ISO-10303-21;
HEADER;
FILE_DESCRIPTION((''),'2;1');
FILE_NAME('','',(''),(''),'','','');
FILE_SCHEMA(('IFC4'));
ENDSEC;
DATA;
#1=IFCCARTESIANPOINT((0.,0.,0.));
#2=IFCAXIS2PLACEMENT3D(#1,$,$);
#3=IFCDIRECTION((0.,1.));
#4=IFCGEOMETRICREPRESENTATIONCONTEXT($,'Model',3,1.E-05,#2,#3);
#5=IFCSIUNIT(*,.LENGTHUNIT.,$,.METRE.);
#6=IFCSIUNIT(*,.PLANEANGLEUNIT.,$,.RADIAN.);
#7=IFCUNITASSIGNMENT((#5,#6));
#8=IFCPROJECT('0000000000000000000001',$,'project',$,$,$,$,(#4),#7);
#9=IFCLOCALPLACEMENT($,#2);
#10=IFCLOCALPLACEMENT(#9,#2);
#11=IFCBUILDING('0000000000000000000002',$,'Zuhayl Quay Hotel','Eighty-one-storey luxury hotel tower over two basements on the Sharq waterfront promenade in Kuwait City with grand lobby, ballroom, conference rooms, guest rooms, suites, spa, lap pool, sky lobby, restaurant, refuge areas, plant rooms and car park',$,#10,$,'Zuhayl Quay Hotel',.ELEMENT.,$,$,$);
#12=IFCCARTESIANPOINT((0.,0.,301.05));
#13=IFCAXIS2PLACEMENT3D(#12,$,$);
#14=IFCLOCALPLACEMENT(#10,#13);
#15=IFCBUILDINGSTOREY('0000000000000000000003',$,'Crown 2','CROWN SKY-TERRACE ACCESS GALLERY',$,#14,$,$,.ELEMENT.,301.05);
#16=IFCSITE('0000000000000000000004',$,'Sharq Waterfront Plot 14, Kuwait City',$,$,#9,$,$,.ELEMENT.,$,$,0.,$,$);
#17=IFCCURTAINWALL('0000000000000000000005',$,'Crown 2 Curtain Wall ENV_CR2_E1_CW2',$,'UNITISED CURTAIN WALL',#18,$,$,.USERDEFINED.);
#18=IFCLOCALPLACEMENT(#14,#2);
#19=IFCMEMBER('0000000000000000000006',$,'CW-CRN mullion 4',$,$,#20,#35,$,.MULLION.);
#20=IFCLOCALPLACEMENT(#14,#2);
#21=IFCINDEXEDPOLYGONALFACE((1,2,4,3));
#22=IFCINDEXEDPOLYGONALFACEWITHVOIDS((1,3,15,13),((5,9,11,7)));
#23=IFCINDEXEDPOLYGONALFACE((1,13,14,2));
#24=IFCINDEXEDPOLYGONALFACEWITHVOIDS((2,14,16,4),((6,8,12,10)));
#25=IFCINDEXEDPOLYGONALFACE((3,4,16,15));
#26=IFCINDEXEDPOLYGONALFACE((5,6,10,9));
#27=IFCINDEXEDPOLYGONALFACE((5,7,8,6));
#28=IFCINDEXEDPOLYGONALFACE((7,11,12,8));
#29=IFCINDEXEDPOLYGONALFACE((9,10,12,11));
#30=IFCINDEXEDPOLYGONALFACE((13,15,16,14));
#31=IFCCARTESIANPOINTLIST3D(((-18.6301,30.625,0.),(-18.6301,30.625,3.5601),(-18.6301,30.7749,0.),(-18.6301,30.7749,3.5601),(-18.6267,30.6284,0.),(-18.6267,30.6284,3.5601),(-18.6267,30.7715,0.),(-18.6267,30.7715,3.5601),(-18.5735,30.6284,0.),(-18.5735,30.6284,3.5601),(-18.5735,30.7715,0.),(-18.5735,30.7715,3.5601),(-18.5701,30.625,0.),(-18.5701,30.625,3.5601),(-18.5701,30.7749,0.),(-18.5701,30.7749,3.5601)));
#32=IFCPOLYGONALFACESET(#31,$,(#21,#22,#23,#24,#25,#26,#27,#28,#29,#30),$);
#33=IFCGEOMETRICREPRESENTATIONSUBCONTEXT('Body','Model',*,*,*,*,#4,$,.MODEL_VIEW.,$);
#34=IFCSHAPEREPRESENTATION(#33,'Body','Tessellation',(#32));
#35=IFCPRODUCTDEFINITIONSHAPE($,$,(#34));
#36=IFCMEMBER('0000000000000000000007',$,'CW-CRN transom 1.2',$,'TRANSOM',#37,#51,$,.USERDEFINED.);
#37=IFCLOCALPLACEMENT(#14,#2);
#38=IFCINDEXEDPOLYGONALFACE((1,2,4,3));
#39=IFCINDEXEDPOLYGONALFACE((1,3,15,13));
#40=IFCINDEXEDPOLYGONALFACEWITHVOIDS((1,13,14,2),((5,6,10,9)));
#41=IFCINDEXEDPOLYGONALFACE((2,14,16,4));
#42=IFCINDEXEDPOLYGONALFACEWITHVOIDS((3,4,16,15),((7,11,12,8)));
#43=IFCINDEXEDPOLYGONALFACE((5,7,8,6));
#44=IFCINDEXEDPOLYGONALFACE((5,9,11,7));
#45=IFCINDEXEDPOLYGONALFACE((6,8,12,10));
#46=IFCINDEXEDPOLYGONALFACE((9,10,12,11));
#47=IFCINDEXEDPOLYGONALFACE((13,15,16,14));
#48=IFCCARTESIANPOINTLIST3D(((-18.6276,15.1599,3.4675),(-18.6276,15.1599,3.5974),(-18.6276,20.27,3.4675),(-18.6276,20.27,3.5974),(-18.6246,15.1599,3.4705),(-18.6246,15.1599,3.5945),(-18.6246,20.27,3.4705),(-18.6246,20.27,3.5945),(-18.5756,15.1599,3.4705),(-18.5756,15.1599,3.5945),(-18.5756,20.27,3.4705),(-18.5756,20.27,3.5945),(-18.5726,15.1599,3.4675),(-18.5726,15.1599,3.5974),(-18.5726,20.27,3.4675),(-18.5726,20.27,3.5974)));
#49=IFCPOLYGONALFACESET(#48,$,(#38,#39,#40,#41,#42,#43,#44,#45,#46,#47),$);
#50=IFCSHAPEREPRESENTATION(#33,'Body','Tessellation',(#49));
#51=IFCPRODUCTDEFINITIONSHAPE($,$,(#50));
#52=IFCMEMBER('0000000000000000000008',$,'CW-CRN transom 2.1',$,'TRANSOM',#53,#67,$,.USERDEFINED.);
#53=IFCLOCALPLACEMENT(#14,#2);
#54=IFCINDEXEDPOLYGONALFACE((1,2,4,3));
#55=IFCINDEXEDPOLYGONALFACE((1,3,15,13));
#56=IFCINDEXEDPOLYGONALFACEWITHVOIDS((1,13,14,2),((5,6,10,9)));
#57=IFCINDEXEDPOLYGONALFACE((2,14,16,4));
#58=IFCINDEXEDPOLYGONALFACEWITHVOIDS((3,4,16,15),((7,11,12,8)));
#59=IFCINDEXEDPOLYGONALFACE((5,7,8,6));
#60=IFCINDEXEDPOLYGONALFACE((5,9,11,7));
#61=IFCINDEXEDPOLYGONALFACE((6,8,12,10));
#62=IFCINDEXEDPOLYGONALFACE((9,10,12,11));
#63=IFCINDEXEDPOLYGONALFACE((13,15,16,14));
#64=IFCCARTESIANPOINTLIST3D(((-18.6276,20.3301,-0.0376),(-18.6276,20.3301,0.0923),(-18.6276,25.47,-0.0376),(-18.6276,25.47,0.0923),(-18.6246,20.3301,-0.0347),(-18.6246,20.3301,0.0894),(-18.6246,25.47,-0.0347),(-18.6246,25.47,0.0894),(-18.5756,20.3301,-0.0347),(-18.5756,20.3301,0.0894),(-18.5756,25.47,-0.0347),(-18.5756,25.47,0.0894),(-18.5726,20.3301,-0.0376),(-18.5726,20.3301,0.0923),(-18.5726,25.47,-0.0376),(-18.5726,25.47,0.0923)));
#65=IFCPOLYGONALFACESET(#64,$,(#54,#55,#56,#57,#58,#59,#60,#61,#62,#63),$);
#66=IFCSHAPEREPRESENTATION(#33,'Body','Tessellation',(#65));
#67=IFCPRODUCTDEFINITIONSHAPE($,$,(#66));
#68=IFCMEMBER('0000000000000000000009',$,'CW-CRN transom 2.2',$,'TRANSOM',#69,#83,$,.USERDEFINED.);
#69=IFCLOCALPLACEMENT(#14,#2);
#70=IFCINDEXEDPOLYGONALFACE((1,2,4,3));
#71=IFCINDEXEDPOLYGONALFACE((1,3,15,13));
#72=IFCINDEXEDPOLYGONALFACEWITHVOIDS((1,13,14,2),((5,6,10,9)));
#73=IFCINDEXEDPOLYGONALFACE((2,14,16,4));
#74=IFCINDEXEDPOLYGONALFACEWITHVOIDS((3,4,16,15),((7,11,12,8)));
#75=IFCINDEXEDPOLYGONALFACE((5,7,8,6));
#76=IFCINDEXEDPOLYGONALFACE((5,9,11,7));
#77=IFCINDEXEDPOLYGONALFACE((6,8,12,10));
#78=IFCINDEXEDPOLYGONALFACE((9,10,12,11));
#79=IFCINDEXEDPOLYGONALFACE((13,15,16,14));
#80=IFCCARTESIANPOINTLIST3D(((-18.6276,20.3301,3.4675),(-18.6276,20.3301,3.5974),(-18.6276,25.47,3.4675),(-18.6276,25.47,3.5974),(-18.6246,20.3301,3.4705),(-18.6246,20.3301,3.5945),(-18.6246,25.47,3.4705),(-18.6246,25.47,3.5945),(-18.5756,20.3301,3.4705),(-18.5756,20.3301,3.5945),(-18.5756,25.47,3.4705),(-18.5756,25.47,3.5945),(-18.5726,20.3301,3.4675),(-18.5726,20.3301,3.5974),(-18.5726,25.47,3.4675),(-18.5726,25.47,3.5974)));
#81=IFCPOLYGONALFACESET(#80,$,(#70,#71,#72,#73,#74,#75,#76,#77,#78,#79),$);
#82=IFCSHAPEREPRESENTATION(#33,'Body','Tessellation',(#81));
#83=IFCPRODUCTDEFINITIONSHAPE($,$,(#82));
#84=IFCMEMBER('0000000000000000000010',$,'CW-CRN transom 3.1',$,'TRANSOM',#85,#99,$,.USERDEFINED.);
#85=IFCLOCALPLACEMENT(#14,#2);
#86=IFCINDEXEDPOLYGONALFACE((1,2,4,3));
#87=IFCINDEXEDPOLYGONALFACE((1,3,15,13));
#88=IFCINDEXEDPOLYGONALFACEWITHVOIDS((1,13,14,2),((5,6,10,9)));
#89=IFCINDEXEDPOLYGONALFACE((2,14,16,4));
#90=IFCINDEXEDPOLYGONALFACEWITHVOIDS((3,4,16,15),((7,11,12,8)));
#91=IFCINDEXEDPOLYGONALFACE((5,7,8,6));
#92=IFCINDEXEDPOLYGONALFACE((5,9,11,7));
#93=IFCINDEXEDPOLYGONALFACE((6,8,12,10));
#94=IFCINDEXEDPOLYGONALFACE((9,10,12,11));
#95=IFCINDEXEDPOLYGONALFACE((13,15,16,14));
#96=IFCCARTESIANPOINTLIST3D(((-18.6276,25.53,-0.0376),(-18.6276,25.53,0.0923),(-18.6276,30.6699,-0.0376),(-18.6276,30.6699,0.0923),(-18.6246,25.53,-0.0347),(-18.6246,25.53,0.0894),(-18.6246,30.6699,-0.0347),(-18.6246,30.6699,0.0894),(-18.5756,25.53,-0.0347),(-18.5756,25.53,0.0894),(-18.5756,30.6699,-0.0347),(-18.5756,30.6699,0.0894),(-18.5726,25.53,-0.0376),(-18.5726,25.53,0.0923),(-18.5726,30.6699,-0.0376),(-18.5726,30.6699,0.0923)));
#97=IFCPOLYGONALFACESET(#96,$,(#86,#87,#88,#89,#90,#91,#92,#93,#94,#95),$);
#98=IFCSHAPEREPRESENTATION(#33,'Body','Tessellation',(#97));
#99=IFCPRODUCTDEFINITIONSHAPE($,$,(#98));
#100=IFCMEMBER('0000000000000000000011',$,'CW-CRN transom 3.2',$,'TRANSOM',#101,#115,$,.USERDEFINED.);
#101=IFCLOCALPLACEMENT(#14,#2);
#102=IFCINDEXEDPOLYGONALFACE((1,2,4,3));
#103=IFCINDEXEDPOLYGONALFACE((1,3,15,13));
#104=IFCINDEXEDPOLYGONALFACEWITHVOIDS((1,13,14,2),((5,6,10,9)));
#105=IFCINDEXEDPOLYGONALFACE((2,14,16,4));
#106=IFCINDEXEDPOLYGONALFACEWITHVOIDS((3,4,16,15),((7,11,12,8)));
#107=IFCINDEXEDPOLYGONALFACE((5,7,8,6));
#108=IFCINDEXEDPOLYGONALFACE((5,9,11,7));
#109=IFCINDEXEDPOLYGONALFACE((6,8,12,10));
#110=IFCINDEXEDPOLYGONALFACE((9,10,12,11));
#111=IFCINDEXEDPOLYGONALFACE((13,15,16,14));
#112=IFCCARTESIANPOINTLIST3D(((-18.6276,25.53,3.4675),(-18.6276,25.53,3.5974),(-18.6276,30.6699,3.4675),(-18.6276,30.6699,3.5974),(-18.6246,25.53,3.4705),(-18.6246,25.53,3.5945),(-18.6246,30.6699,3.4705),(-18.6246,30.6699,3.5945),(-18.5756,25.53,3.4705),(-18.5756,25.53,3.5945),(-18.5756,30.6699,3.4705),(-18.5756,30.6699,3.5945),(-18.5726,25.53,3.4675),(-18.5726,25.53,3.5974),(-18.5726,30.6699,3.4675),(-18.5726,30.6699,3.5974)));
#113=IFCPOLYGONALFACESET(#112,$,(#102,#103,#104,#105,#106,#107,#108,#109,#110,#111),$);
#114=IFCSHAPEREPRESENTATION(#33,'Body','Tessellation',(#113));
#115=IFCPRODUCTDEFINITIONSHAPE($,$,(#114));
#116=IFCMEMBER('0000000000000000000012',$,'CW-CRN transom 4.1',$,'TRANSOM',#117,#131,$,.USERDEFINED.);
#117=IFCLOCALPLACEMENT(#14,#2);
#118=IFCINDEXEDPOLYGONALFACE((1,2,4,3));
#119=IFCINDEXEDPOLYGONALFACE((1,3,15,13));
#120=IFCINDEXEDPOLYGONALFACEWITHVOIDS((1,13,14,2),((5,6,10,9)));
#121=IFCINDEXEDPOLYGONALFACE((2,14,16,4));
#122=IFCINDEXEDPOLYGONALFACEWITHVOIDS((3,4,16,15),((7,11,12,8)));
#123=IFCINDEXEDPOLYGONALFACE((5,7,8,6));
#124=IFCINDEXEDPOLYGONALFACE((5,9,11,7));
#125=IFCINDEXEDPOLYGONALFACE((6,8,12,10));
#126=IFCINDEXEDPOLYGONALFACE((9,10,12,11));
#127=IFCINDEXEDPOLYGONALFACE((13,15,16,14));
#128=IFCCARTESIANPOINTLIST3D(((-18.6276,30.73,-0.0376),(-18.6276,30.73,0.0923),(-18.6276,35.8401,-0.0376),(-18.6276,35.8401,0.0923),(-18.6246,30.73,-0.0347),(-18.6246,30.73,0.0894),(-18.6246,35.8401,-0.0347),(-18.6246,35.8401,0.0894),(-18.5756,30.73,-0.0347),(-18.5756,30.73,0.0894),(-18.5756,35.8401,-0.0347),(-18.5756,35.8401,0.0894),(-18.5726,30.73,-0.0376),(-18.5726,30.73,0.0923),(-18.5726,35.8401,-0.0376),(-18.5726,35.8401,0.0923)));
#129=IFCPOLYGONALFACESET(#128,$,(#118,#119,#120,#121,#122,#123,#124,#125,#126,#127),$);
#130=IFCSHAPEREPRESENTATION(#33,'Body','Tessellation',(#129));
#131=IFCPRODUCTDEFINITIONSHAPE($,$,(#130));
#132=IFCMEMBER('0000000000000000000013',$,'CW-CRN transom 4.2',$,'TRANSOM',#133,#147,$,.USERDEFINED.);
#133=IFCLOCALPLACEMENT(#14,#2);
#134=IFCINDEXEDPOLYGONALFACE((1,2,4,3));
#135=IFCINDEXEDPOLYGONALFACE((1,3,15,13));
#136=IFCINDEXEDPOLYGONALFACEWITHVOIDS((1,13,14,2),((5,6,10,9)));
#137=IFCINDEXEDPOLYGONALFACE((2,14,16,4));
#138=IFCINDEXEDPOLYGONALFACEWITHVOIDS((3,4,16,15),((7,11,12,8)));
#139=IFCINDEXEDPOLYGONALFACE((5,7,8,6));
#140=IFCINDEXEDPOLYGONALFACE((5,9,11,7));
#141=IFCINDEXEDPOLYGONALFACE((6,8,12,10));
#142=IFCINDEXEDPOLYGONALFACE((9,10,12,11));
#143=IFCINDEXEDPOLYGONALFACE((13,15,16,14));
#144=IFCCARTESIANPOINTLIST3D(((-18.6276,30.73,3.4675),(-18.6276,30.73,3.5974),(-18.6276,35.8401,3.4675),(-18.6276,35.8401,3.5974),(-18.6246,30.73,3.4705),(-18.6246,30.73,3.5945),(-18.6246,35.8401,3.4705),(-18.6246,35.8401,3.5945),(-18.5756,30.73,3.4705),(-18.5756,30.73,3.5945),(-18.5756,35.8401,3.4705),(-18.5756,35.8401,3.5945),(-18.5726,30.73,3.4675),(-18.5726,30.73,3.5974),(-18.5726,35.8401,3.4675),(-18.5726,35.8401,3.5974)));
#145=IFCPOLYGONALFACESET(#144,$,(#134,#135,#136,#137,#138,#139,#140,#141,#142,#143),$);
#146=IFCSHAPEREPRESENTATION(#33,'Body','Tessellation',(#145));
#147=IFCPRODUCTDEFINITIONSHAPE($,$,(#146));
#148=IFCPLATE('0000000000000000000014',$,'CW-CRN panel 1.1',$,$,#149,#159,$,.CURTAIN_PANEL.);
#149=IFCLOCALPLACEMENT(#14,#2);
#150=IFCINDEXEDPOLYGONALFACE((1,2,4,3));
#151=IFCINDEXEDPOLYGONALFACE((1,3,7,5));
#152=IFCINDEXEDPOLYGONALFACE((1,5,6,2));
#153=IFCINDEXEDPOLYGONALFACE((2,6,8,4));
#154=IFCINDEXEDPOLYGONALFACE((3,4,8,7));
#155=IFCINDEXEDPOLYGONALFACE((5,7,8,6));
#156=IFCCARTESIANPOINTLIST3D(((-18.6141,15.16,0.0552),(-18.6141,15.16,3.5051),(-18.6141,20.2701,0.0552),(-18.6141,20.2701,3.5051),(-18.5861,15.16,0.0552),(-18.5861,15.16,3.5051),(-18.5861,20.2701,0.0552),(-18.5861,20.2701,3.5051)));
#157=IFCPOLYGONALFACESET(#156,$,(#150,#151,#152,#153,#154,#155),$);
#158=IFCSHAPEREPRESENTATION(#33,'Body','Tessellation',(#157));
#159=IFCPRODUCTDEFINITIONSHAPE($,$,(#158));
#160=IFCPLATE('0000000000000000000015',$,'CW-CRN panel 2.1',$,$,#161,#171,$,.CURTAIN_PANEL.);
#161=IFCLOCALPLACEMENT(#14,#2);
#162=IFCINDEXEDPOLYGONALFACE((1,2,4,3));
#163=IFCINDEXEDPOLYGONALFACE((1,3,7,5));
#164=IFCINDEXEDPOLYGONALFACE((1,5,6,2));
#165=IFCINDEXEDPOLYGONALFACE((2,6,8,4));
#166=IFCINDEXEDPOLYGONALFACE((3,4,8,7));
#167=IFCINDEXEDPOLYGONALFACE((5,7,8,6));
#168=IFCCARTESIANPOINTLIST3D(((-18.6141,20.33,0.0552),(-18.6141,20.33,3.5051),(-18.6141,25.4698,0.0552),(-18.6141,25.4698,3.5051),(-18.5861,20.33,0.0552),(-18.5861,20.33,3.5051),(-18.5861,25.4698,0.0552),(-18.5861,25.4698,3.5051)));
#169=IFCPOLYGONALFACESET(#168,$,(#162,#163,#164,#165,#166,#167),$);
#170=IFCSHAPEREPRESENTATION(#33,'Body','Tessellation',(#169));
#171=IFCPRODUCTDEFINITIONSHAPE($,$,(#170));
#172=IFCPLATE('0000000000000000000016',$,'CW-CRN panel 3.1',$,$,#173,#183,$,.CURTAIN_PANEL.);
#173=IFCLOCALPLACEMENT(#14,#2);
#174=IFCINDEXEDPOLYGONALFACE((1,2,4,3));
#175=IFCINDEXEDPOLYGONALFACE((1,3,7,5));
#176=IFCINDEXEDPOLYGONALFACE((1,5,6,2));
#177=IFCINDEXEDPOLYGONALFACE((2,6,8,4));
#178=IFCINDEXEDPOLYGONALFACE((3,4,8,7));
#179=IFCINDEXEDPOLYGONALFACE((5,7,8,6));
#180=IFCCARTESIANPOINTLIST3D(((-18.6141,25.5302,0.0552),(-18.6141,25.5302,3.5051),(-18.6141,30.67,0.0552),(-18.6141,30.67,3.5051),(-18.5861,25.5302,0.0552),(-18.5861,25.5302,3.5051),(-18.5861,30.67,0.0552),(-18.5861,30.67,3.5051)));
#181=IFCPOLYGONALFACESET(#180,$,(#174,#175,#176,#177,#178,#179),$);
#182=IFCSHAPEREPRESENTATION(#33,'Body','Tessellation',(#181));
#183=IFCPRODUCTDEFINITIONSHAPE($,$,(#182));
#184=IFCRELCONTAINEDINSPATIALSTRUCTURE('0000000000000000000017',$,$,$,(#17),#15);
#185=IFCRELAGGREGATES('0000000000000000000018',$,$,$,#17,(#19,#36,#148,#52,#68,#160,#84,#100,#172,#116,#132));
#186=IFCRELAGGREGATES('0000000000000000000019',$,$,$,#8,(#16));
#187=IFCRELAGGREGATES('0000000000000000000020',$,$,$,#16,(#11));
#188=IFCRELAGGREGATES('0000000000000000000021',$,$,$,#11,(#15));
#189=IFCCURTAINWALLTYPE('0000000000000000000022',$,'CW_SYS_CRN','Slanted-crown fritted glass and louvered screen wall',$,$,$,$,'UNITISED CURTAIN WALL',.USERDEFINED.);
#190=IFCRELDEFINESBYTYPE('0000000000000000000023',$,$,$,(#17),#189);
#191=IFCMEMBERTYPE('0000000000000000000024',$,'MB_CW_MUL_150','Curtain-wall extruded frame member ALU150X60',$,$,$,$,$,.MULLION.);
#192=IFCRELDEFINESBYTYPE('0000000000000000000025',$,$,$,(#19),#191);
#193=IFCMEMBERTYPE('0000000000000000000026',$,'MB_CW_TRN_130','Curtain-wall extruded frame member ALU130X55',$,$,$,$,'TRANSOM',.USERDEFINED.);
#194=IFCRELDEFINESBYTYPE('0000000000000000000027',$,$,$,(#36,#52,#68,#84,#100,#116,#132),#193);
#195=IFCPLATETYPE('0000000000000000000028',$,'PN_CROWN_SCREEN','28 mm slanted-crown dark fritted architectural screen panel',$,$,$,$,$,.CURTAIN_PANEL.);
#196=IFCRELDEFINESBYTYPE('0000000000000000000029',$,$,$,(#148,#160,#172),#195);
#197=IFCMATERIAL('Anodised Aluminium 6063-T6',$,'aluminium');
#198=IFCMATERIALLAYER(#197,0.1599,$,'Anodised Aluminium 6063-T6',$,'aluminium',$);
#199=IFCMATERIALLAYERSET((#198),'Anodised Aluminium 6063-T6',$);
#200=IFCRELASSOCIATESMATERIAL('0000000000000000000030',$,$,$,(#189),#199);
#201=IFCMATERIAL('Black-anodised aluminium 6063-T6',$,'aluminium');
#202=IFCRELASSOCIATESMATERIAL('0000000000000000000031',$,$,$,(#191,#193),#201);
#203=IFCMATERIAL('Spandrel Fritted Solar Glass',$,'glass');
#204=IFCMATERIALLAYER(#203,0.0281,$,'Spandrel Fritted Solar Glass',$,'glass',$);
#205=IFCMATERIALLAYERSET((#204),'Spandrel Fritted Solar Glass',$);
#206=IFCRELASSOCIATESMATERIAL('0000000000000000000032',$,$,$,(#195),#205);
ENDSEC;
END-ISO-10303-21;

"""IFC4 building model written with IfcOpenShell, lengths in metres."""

from ifc_helpers import new_model, si_unit, direction, frame, origin, origin_2d, place, context, subcontext, project, spatial, rectangle, hollow_rectangle, extrude, material, layer, layer_set, material_profile, profile_set, type_object, element, aggregate, save


model = new_model("IFC4")

# Units and contexts
model_context = context("Model", 3, precision=1e-05, world=origin(), true_north=direction((0.0, 1.0)))
body_context = subcontext(model_context, "Body", "Model", "MODEL_VIEW")
ifc_project = project(units=[si_unit("LENGTHUNIT", "METRE"), si_unit("PLANEANGLEUNIT", "RADIAN")], contexts=[model_context])

# Site, building, storey
site_placement = place(None, origin())
site = spatial("IfcSite", under=ifc_project, at=site_placement, Name="Sharq Waterfront Plot 14, Kuwait City", CompositionType="ELEMENT", RefElevation=0.0)
building_placement = place(site_placement, origin())
building = spatial("IfcBuilding", under=site, at=building_placement, Name="Zuhayl Quay Hotel", Description="Eighty-one-storey luxury hotel tower over two basements on the Sharq waterfront promenade in Kuwait City with grand lobby, ballroom, conference rooms, guest rooms, suites, spa, lap pool, sky lobby, restaurant, refuge areas, plant rooms and car park", LongName="Zuhayl Quay Hotel", CompositionType="ELEMENT")
storey_placement = place(building_placement, frame((0.0, 0.0, 301.05)))
storey = spatial("IfcBuildingStorey", under=building, at=storey_placement, Name="Crown 2", Description="CROWN SKY-TERRACE ACCESS GALLERY", CompositionType="ELEMENT", Elevation=301.05)

# Curtain wall, members, plates
ifc_material_1 = material(Name="Anodised Aluminium 6063-T6", Category="aluminium")
ifc_layer_1 = layer(ifc_material_1, 0.1599, Name="Anodised Aluminium 6063-T6", Category="aluminium")
ifc_layer_set_1 = layer_set([ifc_layer_1], Name="Anodised Aluminium 6063-T6")
curtain_wall_type = type_object("IfcCurtainWallType", Name="CW_SYS_CRN", Description="Slanted-crown fritted glass and louvered screen wall", ElementType="UNITISED CURTAIN WALL", PredefinedType="USERDEFINED", material=ifc_layer_set_1)
curtain_wall_placement = place(storey_placement, origin())
curtain_wall = element("IfcCurtainWall", 1, at=curtain_wall_placement, inside=storey, type_object=curtain_wall_type, Name="Crown 2 Curtain Wall ENV_CR2_E1_CW2", ObjectType="UNITISED CURTAIN WALL", PredefinedType="USERDEFINED")
ifc_material_2 = material(Name="Black-anodised aluminium 6063-T6", Category="aluminium")
ifc_material_profile_1 = material_profile(ifc_material_2, hollow_rectangle(XDim=0.0601, YDim=0.1499, WallThickness=0.0034, at=origin_2d()), Name="ALU150X60")
ifc_profile_set_1 = profile_set([ifc_material_profile_1], Name="Black-anodised aluminium 6063-T6")
member_type_1 = type_object("IfcMemberType", Name="MB_CW_MUL_150", Description="Curtain-wall extruded frame member ALU150X60", PredefinedType="MULLION", material=ifc_profile_set_1)
member_1_placement = place(storey_placement, frame((-18.6001, 30.7, 0.0), z_axis=(0.0, 0.0, 1.0), x_axis=(-1.0, 0.0, 0.0)))
member_1 = element("IfcMember", 2, at=member_1_placement, type_object=member_type_1, Name="CW-CRN mullion 4", PredefinedType="MULLION", context=body_context, shape_type="SweptSolid", body=[
    extrude(hollow_rectangle(XDim=0.0601, YDim=0.1499, WallThickness=0.0034, at=origin_2d()), origin(), (0.0, 0.0, 1.0), 3.5601),
])
ifc_material_profile_2 = material_profile(ifc_material_2, hollow_rectangle(XDim=0.0549, YDim=0.1299, WallThickness=0.0029, at=origin_2d()), Name="ALU130X55")
ifc_profile_set_2 = profile_set([ifc_material_profile_2], Name="Black-anodised aluminium 6063-T6")
member_type_2 = type_object("IfcMemberType", Name="MB_CW_TRN_130", Description="Curtain-wall extruded frame member ALU130X55", ElementType="TRANSOM", PredefinedType="USERDEFINED", material=ifc_profile_set_2)
member_2_placement = place(storey_placement, frame((-18.6001, 15.1599, 3.5325), z_axis=(0.0, 1.0, 0.0), x_axis=(-1.0, 0.0, 0.0)))
member_2 = element("IfcMember", 3, at=member_2_placement, type_object=member_type_2, Name="CW-CRN transom 1.2", ObjectType="TRANSOM", PredefinedType="USERDEFINED", context=body_context, shape_type="SweptSolid", body=[
    extrude(hollow_rectangle(XDim=0.0549, YDim=0.1299, WallThickness=0.0029, at=origin_2d()), origin(), (0.0, 0.0, 1.0), 5.1101),
])
member_3_placement = place(storey_placement, frame((-18.6001, 20.3301, 0.0273), z_axis=(0.0, 1.0, 0.0), x_axis=(-1.0, 0.0, 0.0)))
member_3 = element("IfcMember", 4, at=member_3_placement, type_object=member_type_2, Name="CW-CRN transom 2.1", ObjectType="TRANSOM", PredefinedType="USERDEFINED", context=body_context, shape_type="SweptSolid", body=[
    extrude(hollow_rectangle(XDim=0.0549, YDim=0.1299, WallThickness=0.0029, at=origin_2d()), origin(), (0.0, 0.0, 1.0), 5.1399),
])
member_4_placement = place(storey_placement, frame((-18.6001, 20.3301, 3.5325), z_axis=(0.0, 1.0, 0.0), x_axis=(-1.0, 0.0, 0.0)))
member_4 = element("IfcMember", 5, at=member_4_placement, type_object=member_type_2, Name="CW-CRN transom 2.2", ObjectType="TRANSOM", PredefinedType="USERDEFINED", context=body_context, shape_type="SweptSolid", body=[
    extrude(hollow_rectangle(XDim=0.0549, YDim=0.1299, WallThickness=0.0029, at=origin_2d()), origin(), (0.0, 0.0, 1.0), 5.1399),
])
member_5_placement = place(storey_placement, frame((-18.6001, 25.53, 0.0273), z_axis=(0.0, 1.0, 0.0), x_axis=(-1.0, 0.0, 0.0)))
member_5 = element("IfcMember", 6, at=member_5_placement, type_object=member_type_2, Name="CW-CRN transom 3.1", ObjectType="TRANSOM", PredefinedType="USERDEFINED", context=body_context, shape_type="SweptSolid", body=[
    extrude(hollow_rectangle(XDim=0.0549, YDim=0.1299, WallThickness=0.0029, at=origin_2d()), origin(), (0.0, 0.0, 1.0), 5.1399),
])
member_6_placement = place(storey_placement, frame((-18.6001, 25.53, 3.5325), z_axis=(0.0, 1.0, 0.0), x_axis=(-1.0, 0.0, 0.0)))
member_6 = element("IfcMember", 7, at=member_6_placement, type_object=member_type_2, Name="CW-CRN transom 3.2", ObjectType="TRANSOM", PredefinedType="USERDEFINED", context=body_context, shape_type="SweptSolid", body=[
    extrude(hollow_rectangle(XDim=0.0549, YDim=0.1299, WallThickness=0.0029, at=origin_2d()), origin(), (0.0, 0.0, 1.0), 5.1399),
])
member_7_placement = place(storey_placement, frame((-18.6001, 30.73, 0.0273), z_axis=(0.0, 1.0, 0.0), x_axis=(-1.0, 0.0, 0.0)))
member_7 = element("IfcMember", 8, at=member_7_placement, type_object=member_type_2, Name="CW-CRN transom 4.1", ObjectType="TRANSOM", PredefinedType="USERDEFINED", context=body_context, shape_type="SweptSolid", body=[
    extrude(hollow_rectangle(XDim=0.0549, YDim=0.1299, WallThickness=0.0029, at=origin_2d()), origin(), (0.0, 0.0, 1.0), 5.1101),
])
member_8_placement = place(storey_placement, frame((-18.6001, 30.73, 3.5325), z_axis=(0.0, 1.0, 0.0), x_axis=(-1.0, 0.0, 0.0)))
member_8 = element("IfcMember", 9, at=member_8_placement, type_object=member_type_2, Name="CW-CRN transom 4.2", ObjectType="TRANSOM", PredefinedType="USERDEFINED", context=body_context, shape_type="SweptSolid", body=[
    extrude(hollow_rectangle(XDim=0.0549, YDim=0.1299, WallThickness=0.0029, at=origin_2d()), origin(), (0.0, 0.0, 1.0), 5.1101),
])
ifc_material_3 = material(Name="Spandrel Fritted Solar Glass", Category="glass")
ifc_layer_2 = layer(ifc_material_3, 0.0281, Name="Spandrel Fritted Solar Glass", Category="glass")
ifc_layer_set_2 = layer_set([ifc_layer_2], Name="Spandrel Fritted Solar Glass")
plate_type = type_object("IfcPlateType", Name="PN_CROWN_SCREEN", Description="28 mm slanted-crown dark fritted architectural screen panel", PredefinedType="CURTAIN_PANEL", material=ifc_layer_set_2)
plate_1_placement = place(storey_placement, frame((-18.6001, 17.7151, 0.0552), z_axis=(0.0, 0.0, 1.0), x_axis=(0.0, 1.0, 0.0)))
plate_1 = element("IfcPlate", 10, at=plate_1_placement, type_object=plate_type, Name="CW-CRN panel 1.1", PredefinedType="CURTAIN_PANEL", context=body_context, shape_type="SweptSolid", body=[
    extrude(rectangle(XDim=5.1101, YDim=0.0281, at=origin_2d()), origin(), (0.0, 0.0, 1.0), 3.45),
])
plate_2_placement = place(storey_placement, frame((-18.6001, 22.8999, 0.0552), z_axis=(0.0, 0.0, 1.0), x_axis=(0.0, 1.0, 0.0)))
plate_2 = element("IfcPlate", 11, at=plate_2_placement, type_object=plate_type, Name="CW-CRN panel 2.1", PredefinedType="CURTAIN_PANEL", context=body_context, shape_type="SweptSolid", body=[
    extrude(rectangle(XDim=5.1399, YDim=0.0281, at=origin_2d()), origin(), (0.0, 0.0, 1.0), 3.45),
])
plate_3_placement = place(storey_placement, frame((-18.6001, 28.1001, 0.0552), z_axis=(0.0, 0.0, 1.0), x_axis=(0.0, 1.0, 0.0)))
plate_3 = element("IfcPlate", 12, at=plate_3_placement, type_object=plate_type, Name="CW-CRN panel 3.1", PredefinedType="CURTAIN_PANEL", context=body_context, shape_type="SweptSolid", body=[
    extrude(rectangle(XDim=5.1399, YDim=0.0281, at=origin_2d()), origin(), (0.0, 0.0, 1.0), 3.45),
])
aggregate(curtain_wall, [member_1, member_2, plate_1, member_3, member_4, plate_2, member_5, member_6, plate_3, member_7, member_8])

save(model, "model.ifc")
